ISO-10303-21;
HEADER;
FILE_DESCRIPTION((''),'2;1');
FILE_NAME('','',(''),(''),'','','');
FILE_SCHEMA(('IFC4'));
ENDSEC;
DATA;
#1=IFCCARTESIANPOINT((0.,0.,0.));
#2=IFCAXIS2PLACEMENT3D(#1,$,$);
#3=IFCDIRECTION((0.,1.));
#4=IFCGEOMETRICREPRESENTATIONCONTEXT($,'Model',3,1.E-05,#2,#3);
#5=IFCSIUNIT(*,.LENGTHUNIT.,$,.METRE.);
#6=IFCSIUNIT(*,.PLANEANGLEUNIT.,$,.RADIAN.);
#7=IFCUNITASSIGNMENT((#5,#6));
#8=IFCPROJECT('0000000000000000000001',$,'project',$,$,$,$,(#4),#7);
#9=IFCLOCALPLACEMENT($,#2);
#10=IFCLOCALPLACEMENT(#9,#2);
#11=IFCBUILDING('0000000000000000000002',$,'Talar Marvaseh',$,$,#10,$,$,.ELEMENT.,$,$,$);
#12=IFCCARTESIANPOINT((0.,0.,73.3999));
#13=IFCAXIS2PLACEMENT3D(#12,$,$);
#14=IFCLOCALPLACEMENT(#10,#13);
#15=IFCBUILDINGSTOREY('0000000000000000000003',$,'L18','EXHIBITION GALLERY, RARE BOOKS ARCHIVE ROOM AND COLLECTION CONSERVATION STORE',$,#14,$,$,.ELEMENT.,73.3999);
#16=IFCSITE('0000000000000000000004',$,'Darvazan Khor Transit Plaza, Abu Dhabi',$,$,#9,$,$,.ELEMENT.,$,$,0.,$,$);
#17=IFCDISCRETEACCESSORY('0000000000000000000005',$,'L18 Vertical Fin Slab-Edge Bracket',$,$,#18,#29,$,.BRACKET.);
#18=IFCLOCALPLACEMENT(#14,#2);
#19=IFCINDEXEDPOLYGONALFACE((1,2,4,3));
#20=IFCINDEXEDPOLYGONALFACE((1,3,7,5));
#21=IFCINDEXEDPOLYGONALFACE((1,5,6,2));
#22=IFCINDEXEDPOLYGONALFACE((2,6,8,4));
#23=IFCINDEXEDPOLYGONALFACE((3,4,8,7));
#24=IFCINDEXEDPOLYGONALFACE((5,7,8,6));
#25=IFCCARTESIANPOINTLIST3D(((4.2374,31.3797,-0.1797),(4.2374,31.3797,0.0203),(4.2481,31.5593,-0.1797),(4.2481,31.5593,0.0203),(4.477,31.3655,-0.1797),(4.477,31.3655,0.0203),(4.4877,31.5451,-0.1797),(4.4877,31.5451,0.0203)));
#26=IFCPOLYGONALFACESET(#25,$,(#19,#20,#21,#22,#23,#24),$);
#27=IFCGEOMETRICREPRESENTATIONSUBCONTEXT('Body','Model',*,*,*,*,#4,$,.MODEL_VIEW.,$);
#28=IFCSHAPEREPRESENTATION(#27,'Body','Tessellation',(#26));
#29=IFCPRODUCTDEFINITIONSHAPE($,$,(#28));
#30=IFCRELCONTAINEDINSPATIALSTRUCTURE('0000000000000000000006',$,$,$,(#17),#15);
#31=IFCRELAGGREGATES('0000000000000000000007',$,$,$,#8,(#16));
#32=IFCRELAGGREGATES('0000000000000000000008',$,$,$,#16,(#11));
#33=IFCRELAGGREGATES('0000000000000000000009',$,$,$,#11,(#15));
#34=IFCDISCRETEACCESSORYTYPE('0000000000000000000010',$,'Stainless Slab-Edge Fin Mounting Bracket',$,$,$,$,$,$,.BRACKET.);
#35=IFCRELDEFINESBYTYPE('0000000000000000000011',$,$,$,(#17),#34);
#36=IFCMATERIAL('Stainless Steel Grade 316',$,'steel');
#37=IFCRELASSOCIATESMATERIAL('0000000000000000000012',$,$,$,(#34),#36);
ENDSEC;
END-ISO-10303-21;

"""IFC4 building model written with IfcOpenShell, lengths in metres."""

from ifc_helpers import new_model, si_unit, direction, frame, origin, origin_2d, place, context, subcontext, project, spatial, rectangle, extrude, source, transform, mapped, material, type_object, type_shapes, element, save


model = new_model("IFC4")

# Units and contexts
model_context = context("Model", 3, precision=1e-05, world=origin(), true_north=direction((0.0, 1.0)))
body_context = subcontext(model_context, "Body", "Model", "MODEL_VIEW")
ifc_project = project(units=[si_unit("LENGTHUNIT", "METRE"), si_unit("PLANEANGLEUNIT", "RADIAN")], contexts=[model_context])

# Site, building, storey
site_placement = place(None, origin())
site = spatial("IfcSite", under=ifc_project, at=site_placement, Name="Darvazan Khor Transit Plaza, Abu Dhabi", CompositionType="ELEMENT", RefElevation=0.0)
building_placement = place(site_placement, origin())
building = spatial("IfcBuilding", under=site, at=building_placement, Name="Talar Marvaseh", CompositionType="ELEMENT")
storey_placement = place(building_placement, frame((0.0, 0.0, 73.3999)))
storey = spatial("IfcBuildingStorey", under=building, at=storey_placement, Name="L18", Description="EXHIBITION GALLERY, RARE BOOKS ARCHIVE ROOM AND COLLECTION CONSERVATION STORE", CompositionType="ELEMENT", Elevation=73.3999)

# Discrete accessory
ifc_material_1 = material(Name="Stainless Steel Grade 316", Category="steel")
discrete_accessory_type = type_object("IfcDiscreteAccessoryType", Name="Stainless Slab-Edge Fin Mounting Bracket", PredefinedType="BRACKET", material=ifc_material_1)
shared_shape_1 = source(origin(), body_context, "Body", "SweptSolid", [
    extrude(rectangle(XDim=0.24, YDim=0.1799, at=origin_2d()), origin(), (0.0, 0.0, 1.0), 0.2),
])
type_shapes(discrete_accessory_type, [shared_shape_1])
for number, where, z_axis, x_axis, name in (
    (1, (4.3625, 31.4624, -0.1797), (0.0, 0.0, 1.0), (-0.99824, 0.059306, 0.0), "L18 Vertical Fin Slab-Edge Bracket"),
):
    element("IfcDiscreteAccessory", number, at=place(storey_placement, frame(where, z_axis=z_axis, x_axis=x_axis)), inside=storey, type_object=discrete_accessory_type, Name=name, PredefinedType="BRACKET", context=body_context, shape_type="MappedRepresentation", body=[
        mapped(shared_shape_1, transform((0.0, 0.0, 0.0), x_axis=(1.0, 0.0, 0.0), y_axis=(0.0, 1.0, 0.0), z_axis=(0.0, 0.0, 1.0), scale=1.0)),
    ])

save(model, "model.ifc")
